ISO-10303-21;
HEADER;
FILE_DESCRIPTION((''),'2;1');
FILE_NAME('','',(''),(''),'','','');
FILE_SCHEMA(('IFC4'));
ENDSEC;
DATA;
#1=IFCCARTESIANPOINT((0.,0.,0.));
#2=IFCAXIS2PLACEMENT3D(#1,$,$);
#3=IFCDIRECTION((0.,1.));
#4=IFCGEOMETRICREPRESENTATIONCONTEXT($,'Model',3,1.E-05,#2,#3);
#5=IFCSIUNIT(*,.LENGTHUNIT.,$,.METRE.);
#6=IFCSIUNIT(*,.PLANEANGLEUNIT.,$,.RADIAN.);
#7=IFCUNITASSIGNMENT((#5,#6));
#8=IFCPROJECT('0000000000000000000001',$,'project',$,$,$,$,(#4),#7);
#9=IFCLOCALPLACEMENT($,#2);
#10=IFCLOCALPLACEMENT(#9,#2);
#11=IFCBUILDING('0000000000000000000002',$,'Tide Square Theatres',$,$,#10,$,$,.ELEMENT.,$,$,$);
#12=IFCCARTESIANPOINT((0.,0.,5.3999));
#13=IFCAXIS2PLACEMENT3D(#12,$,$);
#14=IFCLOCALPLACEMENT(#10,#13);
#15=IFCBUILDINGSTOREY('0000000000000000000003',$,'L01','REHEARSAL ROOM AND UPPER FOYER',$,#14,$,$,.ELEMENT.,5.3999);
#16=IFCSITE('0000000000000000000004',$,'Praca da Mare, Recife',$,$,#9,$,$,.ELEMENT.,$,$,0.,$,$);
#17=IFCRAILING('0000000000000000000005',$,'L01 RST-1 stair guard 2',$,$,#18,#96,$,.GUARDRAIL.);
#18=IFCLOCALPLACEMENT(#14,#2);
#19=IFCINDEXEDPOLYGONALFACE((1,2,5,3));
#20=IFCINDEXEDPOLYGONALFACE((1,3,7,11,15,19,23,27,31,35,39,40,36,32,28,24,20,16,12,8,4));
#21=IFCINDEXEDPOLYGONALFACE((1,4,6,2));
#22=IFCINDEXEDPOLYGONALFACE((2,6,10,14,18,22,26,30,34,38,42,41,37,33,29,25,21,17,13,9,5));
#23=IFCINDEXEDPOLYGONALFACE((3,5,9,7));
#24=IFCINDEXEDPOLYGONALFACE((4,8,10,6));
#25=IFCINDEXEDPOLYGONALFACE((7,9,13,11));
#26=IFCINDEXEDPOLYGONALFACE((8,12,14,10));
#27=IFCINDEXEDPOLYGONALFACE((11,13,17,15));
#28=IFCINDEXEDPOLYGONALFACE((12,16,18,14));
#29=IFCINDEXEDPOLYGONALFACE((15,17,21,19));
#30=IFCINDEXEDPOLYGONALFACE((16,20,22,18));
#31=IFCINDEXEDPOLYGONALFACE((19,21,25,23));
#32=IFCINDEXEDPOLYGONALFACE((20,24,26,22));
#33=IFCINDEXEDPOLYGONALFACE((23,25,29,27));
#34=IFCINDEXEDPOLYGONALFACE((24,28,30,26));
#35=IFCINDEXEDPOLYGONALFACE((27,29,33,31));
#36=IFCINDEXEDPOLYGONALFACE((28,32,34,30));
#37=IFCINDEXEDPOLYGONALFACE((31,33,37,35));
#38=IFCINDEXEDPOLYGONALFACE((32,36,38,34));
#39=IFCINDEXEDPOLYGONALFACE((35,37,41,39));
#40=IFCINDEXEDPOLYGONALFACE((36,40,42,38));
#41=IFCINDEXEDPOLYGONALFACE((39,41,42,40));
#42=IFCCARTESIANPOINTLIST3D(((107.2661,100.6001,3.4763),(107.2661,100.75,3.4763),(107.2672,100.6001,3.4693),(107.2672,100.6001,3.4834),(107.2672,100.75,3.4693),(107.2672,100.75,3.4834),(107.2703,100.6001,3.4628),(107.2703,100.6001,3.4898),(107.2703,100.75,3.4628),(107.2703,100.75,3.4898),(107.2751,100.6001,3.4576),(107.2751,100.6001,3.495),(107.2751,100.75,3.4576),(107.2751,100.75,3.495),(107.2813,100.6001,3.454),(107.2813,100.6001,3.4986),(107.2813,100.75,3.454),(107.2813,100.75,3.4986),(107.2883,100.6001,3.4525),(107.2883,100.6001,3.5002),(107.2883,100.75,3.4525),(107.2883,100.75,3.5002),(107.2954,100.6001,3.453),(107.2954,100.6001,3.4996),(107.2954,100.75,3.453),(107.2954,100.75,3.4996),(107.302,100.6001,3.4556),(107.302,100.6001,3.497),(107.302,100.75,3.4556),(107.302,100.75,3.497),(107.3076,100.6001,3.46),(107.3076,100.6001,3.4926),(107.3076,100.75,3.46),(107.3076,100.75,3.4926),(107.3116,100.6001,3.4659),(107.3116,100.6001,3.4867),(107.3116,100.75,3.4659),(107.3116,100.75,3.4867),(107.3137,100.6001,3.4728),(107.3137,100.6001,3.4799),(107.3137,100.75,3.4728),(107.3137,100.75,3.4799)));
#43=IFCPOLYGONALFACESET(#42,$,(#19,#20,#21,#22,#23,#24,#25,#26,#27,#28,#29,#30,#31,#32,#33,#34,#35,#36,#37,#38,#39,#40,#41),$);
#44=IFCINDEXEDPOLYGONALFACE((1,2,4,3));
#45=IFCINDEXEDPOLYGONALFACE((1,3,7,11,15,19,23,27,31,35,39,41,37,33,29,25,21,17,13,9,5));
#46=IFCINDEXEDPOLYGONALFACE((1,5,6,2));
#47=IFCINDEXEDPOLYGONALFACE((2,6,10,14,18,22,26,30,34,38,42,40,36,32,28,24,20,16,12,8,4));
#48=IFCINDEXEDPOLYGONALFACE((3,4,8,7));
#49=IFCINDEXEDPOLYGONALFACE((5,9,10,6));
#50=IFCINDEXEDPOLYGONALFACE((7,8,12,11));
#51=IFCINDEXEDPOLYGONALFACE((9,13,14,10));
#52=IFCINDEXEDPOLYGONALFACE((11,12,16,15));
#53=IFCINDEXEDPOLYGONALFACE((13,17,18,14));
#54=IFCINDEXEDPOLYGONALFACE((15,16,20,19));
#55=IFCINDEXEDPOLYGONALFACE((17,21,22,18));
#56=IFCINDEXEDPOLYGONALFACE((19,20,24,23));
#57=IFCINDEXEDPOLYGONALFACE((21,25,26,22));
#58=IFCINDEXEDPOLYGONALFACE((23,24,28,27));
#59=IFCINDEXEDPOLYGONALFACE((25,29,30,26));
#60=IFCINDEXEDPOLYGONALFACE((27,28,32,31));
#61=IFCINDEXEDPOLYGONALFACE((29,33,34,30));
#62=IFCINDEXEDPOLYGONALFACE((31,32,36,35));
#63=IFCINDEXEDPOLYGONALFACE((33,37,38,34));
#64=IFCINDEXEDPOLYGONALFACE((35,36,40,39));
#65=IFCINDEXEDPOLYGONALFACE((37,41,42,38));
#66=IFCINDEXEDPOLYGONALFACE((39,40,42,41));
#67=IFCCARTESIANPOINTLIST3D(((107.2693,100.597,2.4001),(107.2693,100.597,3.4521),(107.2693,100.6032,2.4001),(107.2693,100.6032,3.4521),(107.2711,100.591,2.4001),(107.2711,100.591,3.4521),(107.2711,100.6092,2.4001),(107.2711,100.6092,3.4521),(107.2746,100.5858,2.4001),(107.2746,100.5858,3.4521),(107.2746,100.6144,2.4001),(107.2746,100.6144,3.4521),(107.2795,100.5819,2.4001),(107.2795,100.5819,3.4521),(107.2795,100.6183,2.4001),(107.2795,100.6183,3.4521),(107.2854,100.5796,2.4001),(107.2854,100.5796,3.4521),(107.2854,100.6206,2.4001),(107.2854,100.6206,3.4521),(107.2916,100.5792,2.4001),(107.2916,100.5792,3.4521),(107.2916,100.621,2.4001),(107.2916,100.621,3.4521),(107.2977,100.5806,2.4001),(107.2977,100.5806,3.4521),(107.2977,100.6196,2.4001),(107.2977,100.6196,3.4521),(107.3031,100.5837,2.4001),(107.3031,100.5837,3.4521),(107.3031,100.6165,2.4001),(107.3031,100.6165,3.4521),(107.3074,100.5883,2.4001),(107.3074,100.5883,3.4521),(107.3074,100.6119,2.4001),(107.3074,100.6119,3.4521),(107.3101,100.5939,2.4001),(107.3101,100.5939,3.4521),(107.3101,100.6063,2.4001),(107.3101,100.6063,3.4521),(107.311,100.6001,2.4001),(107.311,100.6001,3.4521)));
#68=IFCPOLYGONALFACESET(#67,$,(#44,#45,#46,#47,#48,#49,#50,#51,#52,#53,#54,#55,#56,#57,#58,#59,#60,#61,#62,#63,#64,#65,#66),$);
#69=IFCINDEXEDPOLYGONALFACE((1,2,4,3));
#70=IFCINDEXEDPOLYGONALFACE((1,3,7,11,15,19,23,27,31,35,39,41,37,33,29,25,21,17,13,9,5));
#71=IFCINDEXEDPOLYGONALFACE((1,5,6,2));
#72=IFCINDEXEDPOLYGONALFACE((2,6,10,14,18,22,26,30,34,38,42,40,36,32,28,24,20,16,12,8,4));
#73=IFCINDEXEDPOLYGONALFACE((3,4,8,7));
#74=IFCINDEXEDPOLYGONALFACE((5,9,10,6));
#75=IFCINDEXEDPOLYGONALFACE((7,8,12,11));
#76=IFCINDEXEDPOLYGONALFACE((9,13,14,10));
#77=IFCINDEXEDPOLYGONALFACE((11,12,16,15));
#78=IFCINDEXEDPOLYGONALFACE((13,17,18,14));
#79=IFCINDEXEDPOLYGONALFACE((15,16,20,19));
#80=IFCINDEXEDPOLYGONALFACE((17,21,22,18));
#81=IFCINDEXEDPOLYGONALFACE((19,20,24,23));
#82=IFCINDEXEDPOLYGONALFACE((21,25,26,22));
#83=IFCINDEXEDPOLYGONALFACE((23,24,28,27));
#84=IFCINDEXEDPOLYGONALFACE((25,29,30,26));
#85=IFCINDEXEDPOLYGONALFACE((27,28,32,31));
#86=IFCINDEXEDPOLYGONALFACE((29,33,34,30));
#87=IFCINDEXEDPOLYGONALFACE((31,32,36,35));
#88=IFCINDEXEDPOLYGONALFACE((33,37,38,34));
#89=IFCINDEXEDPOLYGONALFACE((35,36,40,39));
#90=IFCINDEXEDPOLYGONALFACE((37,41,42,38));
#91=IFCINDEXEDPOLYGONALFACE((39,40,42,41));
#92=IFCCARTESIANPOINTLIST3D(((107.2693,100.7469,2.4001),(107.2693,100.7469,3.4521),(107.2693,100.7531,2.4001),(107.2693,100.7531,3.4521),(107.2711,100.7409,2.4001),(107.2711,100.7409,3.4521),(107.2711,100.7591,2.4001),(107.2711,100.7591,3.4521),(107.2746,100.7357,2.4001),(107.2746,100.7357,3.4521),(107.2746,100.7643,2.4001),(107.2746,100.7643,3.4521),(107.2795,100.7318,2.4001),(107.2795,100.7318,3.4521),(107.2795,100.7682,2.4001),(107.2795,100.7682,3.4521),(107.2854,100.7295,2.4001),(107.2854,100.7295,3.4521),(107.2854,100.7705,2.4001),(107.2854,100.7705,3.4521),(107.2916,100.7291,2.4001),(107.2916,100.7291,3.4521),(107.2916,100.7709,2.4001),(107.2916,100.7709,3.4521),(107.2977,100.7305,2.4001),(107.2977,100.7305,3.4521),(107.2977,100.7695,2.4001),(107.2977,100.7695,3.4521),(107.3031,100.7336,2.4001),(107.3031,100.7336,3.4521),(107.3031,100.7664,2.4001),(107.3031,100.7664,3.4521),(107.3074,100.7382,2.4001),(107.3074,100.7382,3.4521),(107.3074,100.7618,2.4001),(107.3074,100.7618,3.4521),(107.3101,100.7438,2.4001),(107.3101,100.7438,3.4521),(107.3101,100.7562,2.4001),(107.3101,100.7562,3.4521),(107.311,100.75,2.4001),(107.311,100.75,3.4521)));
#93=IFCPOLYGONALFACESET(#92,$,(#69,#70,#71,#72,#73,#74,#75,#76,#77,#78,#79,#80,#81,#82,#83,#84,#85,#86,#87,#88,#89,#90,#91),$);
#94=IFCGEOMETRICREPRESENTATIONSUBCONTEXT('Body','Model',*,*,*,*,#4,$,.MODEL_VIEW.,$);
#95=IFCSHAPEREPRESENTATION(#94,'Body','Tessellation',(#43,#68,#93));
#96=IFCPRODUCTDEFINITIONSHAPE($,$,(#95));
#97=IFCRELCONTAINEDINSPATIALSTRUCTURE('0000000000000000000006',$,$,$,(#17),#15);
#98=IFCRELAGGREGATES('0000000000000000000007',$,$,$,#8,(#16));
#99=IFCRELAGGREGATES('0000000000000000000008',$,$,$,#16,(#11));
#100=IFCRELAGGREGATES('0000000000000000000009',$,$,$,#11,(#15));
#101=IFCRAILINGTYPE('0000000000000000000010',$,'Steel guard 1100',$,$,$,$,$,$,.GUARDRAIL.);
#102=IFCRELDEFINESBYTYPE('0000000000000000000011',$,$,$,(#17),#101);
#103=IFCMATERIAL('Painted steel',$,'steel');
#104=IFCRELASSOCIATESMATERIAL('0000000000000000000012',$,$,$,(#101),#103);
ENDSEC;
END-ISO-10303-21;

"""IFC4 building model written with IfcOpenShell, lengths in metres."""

from ifc_helpers import new_model, si_unit, direction, frame, origin, origin_2d, place, context, subcontext, project, spatial, circle, extrude, material, type_object, element, save


model = new_model("IFC4")

# Units and contexts
model_context = context("Model", 3, precision=1e-05, world=origin(), true_north=direction((0.0, 1.0)))
body_context = subcontext(model_context, "Body", "Model", "MODEL_VIEW")
ifc_project = project(units=[si_unit("LENGTHUNIT", "METRE"), si_unit("PLANEANGLEUNIT", "RADIAN")], contexts=[model_context])

# Site, building, storey
site_placement = place(None, origin())
site = spatial("IfcSite", under=ifc_project, at=site_placement, Name="Praca da Mare, Recife", CompositionType="ELEMENT", RefElevation=0.0)
building_placement = place(site_placement, origin())
building = spatial("IfcBuilding", under=site, at=building_placement, Name="Tide Square Theatres", CompositionType="ELEMENT")
storey_placement = place(building_placement, frame((0.0, 0.0, 5.3999)))
storey = spatial("IfcBuildingStorey", under=building, at=storey_placement, Name="L01", Description="REHEARSAL ROOM AND UPPER FOYER", CompositionType="ELEMENT", Elevation=5.3999)

# Railing
ifc_material_1 = material(Name="Painted steel", Category="steel")
railing_type_1 = type_object("IfcRailingType", Name="Steel guard 1100", PredefinedType="GUARDRAIL", material=ifc_material_1)
railing_1_placement = place(storey_placement, frame((107.29, 100.6001, 2.4001)))
element("IfcRailing", 1, at=railing_1_placement, inside=storey, type_object=railing_type_1, Name="L01 RST-1 stair guard 2", PredefinedType="GUARDRAIL", context=body_context, shape_type="SweptSolid", body=[
    extrude(circle(Radius=0.0239, at=origin_2d()), frame((0.0, 0.0, 1.0762), z_axis=(0.0, 1.0, 0.0), x_axis=(-1.0, 0.0, 0.0)), (0.0, 0.0, 1.0), 0.1499),
    extrude(circle(Radius=0.021, at=origin_2d()), origin(), (0.0, 0.0, 1.0), 1.052),
    extrude(circle(Radius=0.021, at=origin_2d()), frame((0.0, 0.1499, 0.0)), (0.0, 0.0, 1.0), 1.052),
])

save(model, "model.ifc")
